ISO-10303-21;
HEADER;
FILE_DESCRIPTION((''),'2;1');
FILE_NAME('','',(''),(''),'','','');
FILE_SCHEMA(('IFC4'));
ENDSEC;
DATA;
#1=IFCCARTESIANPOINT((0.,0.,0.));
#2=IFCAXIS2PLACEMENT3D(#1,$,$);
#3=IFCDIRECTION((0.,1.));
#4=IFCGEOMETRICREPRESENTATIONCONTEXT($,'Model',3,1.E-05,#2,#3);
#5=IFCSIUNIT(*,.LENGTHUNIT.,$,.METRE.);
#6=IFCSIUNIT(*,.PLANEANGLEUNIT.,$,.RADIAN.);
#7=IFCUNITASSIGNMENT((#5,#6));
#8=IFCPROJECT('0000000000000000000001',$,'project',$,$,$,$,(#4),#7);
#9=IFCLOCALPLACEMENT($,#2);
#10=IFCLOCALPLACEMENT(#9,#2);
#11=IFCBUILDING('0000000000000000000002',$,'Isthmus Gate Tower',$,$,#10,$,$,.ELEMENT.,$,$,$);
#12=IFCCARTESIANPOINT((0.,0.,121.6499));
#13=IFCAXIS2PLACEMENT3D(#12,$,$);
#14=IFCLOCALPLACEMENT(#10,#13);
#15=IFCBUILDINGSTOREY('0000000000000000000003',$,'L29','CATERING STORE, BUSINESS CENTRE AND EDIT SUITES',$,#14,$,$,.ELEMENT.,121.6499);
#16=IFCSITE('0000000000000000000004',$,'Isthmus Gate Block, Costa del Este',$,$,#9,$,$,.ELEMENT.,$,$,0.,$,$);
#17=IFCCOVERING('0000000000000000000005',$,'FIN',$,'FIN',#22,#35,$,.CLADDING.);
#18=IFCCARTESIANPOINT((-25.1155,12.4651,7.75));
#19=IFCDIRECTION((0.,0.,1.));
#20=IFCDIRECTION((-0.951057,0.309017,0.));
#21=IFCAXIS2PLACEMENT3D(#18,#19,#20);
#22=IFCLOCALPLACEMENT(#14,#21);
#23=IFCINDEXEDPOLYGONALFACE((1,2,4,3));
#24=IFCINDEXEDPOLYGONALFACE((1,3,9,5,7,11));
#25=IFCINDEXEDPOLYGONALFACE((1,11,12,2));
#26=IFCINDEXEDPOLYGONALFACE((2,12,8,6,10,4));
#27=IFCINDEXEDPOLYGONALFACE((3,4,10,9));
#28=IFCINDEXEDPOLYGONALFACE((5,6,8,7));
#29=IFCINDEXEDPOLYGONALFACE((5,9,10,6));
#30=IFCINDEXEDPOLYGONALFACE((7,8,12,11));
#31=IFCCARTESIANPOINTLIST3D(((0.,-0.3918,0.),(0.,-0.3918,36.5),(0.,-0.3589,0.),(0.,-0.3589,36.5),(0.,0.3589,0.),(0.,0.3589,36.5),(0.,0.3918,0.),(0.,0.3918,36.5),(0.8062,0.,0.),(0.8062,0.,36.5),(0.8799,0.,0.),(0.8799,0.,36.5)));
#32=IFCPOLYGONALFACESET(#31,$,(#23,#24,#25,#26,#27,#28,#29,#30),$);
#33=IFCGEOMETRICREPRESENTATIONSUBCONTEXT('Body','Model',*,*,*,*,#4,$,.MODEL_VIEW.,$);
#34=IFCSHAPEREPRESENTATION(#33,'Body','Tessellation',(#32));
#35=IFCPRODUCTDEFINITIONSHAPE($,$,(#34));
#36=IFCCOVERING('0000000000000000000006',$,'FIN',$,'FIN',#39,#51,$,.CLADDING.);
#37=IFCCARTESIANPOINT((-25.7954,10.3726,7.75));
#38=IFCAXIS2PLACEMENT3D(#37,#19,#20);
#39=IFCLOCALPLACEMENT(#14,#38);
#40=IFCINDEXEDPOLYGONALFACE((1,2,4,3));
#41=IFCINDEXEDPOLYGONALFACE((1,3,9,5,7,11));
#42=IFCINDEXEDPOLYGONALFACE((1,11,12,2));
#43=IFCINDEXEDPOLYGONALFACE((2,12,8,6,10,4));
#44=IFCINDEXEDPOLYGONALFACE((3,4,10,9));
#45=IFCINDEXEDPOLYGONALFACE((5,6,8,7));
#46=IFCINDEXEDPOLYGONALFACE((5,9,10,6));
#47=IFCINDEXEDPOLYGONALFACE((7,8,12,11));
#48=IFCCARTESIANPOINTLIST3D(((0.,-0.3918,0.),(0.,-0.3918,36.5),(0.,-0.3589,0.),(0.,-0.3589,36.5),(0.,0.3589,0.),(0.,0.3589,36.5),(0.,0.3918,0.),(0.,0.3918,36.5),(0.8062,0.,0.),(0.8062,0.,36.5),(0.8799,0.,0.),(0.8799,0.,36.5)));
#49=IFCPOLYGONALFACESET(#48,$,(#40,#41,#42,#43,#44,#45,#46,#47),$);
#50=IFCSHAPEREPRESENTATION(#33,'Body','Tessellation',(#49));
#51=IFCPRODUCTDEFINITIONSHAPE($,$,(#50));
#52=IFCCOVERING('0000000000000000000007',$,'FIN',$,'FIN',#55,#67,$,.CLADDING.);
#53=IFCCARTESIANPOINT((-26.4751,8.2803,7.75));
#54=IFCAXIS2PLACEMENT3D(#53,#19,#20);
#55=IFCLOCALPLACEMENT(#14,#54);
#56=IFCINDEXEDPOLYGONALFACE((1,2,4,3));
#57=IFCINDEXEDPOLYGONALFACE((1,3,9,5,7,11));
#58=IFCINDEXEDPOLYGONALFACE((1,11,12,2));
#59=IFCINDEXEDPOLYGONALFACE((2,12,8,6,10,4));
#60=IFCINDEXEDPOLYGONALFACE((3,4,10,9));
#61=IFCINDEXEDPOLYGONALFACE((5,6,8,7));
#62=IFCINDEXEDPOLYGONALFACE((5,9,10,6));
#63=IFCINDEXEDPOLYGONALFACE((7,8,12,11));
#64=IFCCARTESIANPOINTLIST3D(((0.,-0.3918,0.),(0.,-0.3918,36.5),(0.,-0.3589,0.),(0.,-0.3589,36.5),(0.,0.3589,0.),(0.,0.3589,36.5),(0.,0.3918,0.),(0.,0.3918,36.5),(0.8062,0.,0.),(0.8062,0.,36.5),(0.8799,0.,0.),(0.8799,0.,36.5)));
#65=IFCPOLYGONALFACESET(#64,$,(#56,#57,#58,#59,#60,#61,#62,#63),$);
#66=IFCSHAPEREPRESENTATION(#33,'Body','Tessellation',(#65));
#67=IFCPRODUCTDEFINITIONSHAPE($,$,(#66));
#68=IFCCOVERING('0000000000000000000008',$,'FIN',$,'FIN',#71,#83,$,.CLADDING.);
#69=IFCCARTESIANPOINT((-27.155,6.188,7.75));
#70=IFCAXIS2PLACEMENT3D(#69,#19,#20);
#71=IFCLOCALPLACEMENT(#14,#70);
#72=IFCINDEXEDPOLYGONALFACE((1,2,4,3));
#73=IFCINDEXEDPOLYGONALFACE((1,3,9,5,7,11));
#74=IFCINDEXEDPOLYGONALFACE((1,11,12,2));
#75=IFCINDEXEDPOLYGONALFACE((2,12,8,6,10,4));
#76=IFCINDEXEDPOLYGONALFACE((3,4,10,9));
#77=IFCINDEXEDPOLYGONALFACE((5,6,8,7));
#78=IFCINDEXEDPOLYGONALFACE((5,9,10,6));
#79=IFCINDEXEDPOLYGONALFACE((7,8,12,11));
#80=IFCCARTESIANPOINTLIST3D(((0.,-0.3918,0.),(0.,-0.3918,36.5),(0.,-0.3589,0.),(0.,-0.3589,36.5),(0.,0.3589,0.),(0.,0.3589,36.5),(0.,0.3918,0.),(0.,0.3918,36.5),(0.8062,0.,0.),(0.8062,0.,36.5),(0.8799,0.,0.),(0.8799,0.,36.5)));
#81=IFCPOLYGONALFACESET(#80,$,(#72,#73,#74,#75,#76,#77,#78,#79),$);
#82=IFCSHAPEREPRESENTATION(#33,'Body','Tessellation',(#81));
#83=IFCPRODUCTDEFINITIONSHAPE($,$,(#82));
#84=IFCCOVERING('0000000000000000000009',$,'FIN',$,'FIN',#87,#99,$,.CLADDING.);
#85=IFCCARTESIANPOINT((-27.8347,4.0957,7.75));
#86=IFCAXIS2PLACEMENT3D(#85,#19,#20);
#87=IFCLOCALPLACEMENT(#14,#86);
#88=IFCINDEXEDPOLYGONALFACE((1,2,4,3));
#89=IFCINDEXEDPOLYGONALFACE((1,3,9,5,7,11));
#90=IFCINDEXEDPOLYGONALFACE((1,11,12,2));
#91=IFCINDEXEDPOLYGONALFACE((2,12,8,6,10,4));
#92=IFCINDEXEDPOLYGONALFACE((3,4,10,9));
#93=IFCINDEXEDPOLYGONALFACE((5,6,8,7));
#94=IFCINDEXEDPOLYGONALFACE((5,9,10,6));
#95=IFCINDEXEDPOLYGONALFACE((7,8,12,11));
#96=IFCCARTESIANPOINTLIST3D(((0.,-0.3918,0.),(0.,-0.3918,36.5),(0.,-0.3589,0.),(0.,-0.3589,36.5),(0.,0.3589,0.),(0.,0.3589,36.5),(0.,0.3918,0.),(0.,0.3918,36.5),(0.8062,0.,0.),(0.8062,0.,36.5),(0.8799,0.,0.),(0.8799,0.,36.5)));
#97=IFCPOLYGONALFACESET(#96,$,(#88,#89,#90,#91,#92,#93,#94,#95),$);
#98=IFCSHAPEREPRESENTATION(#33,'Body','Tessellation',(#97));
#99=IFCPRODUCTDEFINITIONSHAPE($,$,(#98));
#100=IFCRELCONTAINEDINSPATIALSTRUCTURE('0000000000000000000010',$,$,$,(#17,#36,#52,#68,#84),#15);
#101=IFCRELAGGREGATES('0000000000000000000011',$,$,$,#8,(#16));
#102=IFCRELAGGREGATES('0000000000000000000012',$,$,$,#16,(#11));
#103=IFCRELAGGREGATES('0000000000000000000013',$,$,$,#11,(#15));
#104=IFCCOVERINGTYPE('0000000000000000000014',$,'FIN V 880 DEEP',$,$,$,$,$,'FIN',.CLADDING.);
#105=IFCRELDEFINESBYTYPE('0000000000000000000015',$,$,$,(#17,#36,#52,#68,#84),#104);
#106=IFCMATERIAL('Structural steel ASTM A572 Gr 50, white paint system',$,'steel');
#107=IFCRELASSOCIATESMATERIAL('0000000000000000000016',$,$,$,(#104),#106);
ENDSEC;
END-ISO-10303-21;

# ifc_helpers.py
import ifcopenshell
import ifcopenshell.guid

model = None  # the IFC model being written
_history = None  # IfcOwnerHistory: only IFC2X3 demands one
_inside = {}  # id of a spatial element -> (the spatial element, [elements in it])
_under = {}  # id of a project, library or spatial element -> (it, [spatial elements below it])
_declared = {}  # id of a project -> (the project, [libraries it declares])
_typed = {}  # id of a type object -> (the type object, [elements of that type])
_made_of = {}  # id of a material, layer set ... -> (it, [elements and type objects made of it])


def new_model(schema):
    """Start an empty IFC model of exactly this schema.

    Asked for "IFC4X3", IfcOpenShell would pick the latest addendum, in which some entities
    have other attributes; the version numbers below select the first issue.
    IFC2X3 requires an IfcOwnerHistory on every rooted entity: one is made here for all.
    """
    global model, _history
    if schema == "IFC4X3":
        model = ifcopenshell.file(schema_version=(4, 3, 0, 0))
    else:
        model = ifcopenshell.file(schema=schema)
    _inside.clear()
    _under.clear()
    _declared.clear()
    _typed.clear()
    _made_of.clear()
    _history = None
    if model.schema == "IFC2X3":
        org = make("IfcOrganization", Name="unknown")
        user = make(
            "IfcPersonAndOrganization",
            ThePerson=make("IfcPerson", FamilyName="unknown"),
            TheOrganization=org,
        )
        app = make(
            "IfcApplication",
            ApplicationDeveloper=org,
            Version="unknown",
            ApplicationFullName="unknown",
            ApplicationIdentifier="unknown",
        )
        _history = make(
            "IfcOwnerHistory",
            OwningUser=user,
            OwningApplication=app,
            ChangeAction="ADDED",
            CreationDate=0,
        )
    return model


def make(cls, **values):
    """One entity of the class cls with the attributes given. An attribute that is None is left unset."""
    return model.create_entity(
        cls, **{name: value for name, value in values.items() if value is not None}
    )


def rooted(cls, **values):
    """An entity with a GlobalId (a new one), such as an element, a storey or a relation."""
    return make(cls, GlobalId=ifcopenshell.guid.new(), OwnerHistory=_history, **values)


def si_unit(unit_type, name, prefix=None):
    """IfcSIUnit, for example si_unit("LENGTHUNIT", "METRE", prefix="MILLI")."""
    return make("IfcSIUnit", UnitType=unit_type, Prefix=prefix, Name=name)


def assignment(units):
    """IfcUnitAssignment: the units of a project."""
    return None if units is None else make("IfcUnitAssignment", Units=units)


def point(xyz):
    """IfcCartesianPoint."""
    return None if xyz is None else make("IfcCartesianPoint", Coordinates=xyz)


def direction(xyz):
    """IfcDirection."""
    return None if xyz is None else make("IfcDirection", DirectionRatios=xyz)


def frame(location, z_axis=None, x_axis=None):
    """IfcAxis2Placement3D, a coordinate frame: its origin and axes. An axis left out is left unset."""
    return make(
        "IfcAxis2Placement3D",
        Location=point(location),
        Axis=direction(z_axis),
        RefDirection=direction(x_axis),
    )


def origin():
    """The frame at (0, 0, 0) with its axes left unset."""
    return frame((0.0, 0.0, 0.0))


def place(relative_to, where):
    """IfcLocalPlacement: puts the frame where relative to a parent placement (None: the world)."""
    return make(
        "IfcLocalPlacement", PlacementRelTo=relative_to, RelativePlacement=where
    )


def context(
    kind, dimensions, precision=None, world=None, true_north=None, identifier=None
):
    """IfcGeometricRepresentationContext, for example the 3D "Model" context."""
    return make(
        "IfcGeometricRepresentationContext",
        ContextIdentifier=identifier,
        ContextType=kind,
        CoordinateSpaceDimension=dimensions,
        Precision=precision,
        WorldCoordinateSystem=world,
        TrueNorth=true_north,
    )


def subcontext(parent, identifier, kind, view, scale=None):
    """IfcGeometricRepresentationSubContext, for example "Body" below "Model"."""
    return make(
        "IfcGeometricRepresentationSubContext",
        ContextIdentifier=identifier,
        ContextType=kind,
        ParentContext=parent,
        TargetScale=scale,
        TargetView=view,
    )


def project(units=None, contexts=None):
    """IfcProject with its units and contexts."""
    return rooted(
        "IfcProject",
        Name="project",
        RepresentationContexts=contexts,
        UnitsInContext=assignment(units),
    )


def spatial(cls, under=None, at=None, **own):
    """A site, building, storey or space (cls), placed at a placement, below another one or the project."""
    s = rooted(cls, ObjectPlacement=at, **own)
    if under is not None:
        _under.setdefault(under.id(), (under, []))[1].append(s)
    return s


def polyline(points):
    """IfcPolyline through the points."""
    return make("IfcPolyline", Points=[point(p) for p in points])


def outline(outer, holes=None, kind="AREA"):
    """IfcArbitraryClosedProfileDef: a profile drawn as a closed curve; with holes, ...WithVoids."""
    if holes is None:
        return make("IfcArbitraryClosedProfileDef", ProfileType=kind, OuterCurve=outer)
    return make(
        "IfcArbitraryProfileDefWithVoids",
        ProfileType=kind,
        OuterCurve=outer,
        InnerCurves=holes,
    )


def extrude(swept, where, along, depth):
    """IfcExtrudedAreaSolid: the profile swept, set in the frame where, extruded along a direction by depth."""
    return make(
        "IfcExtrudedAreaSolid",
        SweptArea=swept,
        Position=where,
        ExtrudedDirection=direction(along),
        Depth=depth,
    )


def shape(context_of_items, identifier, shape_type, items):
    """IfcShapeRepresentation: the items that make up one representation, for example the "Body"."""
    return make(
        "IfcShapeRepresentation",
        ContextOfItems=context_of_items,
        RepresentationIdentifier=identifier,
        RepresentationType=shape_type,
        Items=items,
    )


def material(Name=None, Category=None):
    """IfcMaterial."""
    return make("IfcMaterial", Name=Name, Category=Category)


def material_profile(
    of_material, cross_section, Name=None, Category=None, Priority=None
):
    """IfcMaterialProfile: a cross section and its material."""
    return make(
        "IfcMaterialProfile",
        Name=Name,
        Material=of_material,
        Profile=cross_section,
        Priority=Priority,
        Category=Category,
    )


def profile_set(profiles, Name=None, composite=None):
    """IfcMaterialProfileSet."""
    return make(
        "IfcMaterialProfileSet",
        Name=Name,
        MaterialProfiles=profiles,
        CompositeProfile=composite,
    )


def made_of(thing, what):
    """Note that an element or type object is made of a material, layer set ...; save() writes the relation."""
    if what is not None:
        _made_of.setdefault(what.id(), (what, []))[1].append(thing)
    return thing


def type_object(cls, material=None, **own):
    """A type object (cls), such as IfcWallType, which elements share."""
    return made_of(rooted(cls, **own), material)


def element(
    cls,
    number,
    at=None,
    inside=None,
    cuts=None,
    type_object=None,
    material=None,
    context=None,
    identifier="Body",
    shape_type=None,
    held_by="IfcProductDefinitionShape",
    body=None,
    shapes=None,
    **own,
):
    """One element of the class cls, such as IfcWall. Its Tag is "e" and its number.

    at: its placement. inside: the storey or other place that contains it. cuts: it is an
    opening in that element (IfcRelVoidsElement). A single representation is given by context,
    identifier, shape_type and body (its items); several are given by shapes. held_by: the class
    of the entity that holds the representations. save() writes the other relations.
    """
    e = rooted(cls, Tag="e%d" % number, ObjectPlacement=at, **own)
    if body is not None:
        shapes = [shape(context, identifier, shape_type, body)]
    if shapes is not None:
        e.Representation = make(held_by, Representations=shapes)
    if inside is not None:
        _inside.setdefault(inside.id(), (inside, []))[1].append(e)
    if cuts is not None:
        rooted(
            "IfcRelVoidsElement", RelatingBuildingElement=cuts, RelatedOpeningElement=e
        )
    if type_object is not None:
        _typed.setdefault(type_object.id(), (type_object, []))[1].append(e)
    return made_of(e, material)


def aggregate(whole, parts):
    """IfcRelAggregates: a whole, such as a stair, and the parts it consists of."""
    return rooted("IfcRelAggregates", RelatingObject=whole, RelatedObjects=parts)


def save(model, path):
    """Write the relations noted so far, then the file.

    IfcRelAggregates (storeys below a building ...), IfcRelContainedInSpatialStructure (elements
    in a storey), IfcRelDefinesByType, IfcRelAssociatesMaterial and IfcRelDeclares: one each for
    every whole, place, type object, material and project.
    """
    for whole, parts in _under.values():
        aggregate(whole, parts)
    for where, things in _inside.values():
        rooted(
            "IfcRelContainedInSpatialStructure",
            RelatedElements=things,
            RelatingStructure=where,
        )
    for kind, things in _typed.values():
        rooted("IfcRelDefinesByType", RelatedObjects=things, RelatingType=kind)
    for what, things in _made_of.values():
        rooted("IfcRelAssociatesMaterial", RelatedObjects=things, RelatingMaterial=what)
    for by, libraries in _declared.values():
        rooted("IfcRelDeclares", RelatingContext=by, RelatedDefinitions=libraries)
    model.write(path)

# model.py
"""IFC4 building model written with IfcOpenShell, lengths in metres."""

from ifc_helpers import new_model, si_unit, direction, frame, origin, place, context, subcontext, project, spatial, polyline, outline, extrude, material, material_profile, profile_set, type_object, element, save


model = new_model("IFC4")

# Units and contexts
model_context = context("Model", 3, precision=1e-05, world=origin(), true_north=direction((0.0, 1.0)))
body_context = subcontext(model_context, "Body", "Model", "MODEL_VIEW")
ifc_project = project(units=[si_unit("LENGTHUNIT", "METRE"), si_unit("PLANEANGLEUNIT", "RADIAN")], contexts=[model_context])

# Site, building, storey
site_placement = place(None, origin())
site = spatial("IfcSite", under=ifc_project, at=site_placement, Name="Isthmus Gate Block, Costa del Este", CompositionType="ELEMENT", RefElevation=0.0)
building_placement = place(site_placement, origin())
building = spatial("IfcBuilding", under=site, at=building_placement, Name="Isthmus Gate Tower", CompositionType="ELEMENT")
storey_placement = place(building_placement, frame((0.0, 0.0, 121.6499)))
storey = spatial("IfcBuildingStorey", under=building, at=storey_placement, Name="L29", Description="CATERING STORE, BUSINESS CENTRE AND EDIT SUITES", CompositionType="ELEMENT", Elevation=121.6499)

# Coverings
ifc_material_1 = material(Name="Structural steel ASTM A572 Gr 50, white paint system", Category="steel")
ifc_material_profile_1 = material_profile(ifc_material_1, outline(polyline([(0.0, -0.3918), (0.8799, 0.0), (0.0, 0.3918), (0.0, 0.3589), (0.8062, 0.0), (0.0, -0.3589), (0.0, -0.3918)])), Name="V880")
ifc_profile_set_1 = profile_set([ifc_material_profile_1], Name="Structural steel ASTM A572 Gr 50, white paint system")
covering_type = type_object("IfcCoveringType", Name="FIN V 880 DEEP", ElementType="FIN", PredefinedType="CLADDING", material=ifc_profile_set_1)
for number, where, z_axis, x_axis, name in (
    (1, (-25.1155, 12.4651, 7.75), (0.0, 0.0, 1.0), (-0.951057, 0.309017, 0.0), "FIN"),
    (2, (-25.7954, 10.3726, 7.75), (0.0, 0.0, 1.0), (-0.951057, 0.309017, 0.0), "FIN"),
    (3, (-26.4751, 8.2803, 7.75), (0.0, 0.0, 1.0), (-0.951057, 0.309017, 0.0), "FIN"),
    (4, (-27.155, 6.188, 7.75), (0.0, 0.0, 1.0), (-0.951057, 0.309017, 0.0), "FIN"),
    (5, (-27.8347, 4.0957, 7.75), (0.0, 0.0, 1.0), (-0.951057, 0.309017, 0.0), "FIN"),
):
    element("IfcCovering", number, at=place(storey_placement, frame(where, z_axis=z_axis, x_axis=x_axis)), inside=storey, type_object=covering_type, Name=name, ObjectType="FIN", PredefinedType="CLADDING", context=body_context, shape_type="SweptSolid", body=[
        extrude(outline(polyline([(0.0, -0.3918), (0.8799, 0.0), (0.0, 0.3918), (0.0, 0.3589), (0.8062, 0.0), (0.0, -0.3589), (0.0, -0.3918)])), origin(), (0.0, 0.0, 1.0), 36.5),
    ])

save(model, "model.ifc")
